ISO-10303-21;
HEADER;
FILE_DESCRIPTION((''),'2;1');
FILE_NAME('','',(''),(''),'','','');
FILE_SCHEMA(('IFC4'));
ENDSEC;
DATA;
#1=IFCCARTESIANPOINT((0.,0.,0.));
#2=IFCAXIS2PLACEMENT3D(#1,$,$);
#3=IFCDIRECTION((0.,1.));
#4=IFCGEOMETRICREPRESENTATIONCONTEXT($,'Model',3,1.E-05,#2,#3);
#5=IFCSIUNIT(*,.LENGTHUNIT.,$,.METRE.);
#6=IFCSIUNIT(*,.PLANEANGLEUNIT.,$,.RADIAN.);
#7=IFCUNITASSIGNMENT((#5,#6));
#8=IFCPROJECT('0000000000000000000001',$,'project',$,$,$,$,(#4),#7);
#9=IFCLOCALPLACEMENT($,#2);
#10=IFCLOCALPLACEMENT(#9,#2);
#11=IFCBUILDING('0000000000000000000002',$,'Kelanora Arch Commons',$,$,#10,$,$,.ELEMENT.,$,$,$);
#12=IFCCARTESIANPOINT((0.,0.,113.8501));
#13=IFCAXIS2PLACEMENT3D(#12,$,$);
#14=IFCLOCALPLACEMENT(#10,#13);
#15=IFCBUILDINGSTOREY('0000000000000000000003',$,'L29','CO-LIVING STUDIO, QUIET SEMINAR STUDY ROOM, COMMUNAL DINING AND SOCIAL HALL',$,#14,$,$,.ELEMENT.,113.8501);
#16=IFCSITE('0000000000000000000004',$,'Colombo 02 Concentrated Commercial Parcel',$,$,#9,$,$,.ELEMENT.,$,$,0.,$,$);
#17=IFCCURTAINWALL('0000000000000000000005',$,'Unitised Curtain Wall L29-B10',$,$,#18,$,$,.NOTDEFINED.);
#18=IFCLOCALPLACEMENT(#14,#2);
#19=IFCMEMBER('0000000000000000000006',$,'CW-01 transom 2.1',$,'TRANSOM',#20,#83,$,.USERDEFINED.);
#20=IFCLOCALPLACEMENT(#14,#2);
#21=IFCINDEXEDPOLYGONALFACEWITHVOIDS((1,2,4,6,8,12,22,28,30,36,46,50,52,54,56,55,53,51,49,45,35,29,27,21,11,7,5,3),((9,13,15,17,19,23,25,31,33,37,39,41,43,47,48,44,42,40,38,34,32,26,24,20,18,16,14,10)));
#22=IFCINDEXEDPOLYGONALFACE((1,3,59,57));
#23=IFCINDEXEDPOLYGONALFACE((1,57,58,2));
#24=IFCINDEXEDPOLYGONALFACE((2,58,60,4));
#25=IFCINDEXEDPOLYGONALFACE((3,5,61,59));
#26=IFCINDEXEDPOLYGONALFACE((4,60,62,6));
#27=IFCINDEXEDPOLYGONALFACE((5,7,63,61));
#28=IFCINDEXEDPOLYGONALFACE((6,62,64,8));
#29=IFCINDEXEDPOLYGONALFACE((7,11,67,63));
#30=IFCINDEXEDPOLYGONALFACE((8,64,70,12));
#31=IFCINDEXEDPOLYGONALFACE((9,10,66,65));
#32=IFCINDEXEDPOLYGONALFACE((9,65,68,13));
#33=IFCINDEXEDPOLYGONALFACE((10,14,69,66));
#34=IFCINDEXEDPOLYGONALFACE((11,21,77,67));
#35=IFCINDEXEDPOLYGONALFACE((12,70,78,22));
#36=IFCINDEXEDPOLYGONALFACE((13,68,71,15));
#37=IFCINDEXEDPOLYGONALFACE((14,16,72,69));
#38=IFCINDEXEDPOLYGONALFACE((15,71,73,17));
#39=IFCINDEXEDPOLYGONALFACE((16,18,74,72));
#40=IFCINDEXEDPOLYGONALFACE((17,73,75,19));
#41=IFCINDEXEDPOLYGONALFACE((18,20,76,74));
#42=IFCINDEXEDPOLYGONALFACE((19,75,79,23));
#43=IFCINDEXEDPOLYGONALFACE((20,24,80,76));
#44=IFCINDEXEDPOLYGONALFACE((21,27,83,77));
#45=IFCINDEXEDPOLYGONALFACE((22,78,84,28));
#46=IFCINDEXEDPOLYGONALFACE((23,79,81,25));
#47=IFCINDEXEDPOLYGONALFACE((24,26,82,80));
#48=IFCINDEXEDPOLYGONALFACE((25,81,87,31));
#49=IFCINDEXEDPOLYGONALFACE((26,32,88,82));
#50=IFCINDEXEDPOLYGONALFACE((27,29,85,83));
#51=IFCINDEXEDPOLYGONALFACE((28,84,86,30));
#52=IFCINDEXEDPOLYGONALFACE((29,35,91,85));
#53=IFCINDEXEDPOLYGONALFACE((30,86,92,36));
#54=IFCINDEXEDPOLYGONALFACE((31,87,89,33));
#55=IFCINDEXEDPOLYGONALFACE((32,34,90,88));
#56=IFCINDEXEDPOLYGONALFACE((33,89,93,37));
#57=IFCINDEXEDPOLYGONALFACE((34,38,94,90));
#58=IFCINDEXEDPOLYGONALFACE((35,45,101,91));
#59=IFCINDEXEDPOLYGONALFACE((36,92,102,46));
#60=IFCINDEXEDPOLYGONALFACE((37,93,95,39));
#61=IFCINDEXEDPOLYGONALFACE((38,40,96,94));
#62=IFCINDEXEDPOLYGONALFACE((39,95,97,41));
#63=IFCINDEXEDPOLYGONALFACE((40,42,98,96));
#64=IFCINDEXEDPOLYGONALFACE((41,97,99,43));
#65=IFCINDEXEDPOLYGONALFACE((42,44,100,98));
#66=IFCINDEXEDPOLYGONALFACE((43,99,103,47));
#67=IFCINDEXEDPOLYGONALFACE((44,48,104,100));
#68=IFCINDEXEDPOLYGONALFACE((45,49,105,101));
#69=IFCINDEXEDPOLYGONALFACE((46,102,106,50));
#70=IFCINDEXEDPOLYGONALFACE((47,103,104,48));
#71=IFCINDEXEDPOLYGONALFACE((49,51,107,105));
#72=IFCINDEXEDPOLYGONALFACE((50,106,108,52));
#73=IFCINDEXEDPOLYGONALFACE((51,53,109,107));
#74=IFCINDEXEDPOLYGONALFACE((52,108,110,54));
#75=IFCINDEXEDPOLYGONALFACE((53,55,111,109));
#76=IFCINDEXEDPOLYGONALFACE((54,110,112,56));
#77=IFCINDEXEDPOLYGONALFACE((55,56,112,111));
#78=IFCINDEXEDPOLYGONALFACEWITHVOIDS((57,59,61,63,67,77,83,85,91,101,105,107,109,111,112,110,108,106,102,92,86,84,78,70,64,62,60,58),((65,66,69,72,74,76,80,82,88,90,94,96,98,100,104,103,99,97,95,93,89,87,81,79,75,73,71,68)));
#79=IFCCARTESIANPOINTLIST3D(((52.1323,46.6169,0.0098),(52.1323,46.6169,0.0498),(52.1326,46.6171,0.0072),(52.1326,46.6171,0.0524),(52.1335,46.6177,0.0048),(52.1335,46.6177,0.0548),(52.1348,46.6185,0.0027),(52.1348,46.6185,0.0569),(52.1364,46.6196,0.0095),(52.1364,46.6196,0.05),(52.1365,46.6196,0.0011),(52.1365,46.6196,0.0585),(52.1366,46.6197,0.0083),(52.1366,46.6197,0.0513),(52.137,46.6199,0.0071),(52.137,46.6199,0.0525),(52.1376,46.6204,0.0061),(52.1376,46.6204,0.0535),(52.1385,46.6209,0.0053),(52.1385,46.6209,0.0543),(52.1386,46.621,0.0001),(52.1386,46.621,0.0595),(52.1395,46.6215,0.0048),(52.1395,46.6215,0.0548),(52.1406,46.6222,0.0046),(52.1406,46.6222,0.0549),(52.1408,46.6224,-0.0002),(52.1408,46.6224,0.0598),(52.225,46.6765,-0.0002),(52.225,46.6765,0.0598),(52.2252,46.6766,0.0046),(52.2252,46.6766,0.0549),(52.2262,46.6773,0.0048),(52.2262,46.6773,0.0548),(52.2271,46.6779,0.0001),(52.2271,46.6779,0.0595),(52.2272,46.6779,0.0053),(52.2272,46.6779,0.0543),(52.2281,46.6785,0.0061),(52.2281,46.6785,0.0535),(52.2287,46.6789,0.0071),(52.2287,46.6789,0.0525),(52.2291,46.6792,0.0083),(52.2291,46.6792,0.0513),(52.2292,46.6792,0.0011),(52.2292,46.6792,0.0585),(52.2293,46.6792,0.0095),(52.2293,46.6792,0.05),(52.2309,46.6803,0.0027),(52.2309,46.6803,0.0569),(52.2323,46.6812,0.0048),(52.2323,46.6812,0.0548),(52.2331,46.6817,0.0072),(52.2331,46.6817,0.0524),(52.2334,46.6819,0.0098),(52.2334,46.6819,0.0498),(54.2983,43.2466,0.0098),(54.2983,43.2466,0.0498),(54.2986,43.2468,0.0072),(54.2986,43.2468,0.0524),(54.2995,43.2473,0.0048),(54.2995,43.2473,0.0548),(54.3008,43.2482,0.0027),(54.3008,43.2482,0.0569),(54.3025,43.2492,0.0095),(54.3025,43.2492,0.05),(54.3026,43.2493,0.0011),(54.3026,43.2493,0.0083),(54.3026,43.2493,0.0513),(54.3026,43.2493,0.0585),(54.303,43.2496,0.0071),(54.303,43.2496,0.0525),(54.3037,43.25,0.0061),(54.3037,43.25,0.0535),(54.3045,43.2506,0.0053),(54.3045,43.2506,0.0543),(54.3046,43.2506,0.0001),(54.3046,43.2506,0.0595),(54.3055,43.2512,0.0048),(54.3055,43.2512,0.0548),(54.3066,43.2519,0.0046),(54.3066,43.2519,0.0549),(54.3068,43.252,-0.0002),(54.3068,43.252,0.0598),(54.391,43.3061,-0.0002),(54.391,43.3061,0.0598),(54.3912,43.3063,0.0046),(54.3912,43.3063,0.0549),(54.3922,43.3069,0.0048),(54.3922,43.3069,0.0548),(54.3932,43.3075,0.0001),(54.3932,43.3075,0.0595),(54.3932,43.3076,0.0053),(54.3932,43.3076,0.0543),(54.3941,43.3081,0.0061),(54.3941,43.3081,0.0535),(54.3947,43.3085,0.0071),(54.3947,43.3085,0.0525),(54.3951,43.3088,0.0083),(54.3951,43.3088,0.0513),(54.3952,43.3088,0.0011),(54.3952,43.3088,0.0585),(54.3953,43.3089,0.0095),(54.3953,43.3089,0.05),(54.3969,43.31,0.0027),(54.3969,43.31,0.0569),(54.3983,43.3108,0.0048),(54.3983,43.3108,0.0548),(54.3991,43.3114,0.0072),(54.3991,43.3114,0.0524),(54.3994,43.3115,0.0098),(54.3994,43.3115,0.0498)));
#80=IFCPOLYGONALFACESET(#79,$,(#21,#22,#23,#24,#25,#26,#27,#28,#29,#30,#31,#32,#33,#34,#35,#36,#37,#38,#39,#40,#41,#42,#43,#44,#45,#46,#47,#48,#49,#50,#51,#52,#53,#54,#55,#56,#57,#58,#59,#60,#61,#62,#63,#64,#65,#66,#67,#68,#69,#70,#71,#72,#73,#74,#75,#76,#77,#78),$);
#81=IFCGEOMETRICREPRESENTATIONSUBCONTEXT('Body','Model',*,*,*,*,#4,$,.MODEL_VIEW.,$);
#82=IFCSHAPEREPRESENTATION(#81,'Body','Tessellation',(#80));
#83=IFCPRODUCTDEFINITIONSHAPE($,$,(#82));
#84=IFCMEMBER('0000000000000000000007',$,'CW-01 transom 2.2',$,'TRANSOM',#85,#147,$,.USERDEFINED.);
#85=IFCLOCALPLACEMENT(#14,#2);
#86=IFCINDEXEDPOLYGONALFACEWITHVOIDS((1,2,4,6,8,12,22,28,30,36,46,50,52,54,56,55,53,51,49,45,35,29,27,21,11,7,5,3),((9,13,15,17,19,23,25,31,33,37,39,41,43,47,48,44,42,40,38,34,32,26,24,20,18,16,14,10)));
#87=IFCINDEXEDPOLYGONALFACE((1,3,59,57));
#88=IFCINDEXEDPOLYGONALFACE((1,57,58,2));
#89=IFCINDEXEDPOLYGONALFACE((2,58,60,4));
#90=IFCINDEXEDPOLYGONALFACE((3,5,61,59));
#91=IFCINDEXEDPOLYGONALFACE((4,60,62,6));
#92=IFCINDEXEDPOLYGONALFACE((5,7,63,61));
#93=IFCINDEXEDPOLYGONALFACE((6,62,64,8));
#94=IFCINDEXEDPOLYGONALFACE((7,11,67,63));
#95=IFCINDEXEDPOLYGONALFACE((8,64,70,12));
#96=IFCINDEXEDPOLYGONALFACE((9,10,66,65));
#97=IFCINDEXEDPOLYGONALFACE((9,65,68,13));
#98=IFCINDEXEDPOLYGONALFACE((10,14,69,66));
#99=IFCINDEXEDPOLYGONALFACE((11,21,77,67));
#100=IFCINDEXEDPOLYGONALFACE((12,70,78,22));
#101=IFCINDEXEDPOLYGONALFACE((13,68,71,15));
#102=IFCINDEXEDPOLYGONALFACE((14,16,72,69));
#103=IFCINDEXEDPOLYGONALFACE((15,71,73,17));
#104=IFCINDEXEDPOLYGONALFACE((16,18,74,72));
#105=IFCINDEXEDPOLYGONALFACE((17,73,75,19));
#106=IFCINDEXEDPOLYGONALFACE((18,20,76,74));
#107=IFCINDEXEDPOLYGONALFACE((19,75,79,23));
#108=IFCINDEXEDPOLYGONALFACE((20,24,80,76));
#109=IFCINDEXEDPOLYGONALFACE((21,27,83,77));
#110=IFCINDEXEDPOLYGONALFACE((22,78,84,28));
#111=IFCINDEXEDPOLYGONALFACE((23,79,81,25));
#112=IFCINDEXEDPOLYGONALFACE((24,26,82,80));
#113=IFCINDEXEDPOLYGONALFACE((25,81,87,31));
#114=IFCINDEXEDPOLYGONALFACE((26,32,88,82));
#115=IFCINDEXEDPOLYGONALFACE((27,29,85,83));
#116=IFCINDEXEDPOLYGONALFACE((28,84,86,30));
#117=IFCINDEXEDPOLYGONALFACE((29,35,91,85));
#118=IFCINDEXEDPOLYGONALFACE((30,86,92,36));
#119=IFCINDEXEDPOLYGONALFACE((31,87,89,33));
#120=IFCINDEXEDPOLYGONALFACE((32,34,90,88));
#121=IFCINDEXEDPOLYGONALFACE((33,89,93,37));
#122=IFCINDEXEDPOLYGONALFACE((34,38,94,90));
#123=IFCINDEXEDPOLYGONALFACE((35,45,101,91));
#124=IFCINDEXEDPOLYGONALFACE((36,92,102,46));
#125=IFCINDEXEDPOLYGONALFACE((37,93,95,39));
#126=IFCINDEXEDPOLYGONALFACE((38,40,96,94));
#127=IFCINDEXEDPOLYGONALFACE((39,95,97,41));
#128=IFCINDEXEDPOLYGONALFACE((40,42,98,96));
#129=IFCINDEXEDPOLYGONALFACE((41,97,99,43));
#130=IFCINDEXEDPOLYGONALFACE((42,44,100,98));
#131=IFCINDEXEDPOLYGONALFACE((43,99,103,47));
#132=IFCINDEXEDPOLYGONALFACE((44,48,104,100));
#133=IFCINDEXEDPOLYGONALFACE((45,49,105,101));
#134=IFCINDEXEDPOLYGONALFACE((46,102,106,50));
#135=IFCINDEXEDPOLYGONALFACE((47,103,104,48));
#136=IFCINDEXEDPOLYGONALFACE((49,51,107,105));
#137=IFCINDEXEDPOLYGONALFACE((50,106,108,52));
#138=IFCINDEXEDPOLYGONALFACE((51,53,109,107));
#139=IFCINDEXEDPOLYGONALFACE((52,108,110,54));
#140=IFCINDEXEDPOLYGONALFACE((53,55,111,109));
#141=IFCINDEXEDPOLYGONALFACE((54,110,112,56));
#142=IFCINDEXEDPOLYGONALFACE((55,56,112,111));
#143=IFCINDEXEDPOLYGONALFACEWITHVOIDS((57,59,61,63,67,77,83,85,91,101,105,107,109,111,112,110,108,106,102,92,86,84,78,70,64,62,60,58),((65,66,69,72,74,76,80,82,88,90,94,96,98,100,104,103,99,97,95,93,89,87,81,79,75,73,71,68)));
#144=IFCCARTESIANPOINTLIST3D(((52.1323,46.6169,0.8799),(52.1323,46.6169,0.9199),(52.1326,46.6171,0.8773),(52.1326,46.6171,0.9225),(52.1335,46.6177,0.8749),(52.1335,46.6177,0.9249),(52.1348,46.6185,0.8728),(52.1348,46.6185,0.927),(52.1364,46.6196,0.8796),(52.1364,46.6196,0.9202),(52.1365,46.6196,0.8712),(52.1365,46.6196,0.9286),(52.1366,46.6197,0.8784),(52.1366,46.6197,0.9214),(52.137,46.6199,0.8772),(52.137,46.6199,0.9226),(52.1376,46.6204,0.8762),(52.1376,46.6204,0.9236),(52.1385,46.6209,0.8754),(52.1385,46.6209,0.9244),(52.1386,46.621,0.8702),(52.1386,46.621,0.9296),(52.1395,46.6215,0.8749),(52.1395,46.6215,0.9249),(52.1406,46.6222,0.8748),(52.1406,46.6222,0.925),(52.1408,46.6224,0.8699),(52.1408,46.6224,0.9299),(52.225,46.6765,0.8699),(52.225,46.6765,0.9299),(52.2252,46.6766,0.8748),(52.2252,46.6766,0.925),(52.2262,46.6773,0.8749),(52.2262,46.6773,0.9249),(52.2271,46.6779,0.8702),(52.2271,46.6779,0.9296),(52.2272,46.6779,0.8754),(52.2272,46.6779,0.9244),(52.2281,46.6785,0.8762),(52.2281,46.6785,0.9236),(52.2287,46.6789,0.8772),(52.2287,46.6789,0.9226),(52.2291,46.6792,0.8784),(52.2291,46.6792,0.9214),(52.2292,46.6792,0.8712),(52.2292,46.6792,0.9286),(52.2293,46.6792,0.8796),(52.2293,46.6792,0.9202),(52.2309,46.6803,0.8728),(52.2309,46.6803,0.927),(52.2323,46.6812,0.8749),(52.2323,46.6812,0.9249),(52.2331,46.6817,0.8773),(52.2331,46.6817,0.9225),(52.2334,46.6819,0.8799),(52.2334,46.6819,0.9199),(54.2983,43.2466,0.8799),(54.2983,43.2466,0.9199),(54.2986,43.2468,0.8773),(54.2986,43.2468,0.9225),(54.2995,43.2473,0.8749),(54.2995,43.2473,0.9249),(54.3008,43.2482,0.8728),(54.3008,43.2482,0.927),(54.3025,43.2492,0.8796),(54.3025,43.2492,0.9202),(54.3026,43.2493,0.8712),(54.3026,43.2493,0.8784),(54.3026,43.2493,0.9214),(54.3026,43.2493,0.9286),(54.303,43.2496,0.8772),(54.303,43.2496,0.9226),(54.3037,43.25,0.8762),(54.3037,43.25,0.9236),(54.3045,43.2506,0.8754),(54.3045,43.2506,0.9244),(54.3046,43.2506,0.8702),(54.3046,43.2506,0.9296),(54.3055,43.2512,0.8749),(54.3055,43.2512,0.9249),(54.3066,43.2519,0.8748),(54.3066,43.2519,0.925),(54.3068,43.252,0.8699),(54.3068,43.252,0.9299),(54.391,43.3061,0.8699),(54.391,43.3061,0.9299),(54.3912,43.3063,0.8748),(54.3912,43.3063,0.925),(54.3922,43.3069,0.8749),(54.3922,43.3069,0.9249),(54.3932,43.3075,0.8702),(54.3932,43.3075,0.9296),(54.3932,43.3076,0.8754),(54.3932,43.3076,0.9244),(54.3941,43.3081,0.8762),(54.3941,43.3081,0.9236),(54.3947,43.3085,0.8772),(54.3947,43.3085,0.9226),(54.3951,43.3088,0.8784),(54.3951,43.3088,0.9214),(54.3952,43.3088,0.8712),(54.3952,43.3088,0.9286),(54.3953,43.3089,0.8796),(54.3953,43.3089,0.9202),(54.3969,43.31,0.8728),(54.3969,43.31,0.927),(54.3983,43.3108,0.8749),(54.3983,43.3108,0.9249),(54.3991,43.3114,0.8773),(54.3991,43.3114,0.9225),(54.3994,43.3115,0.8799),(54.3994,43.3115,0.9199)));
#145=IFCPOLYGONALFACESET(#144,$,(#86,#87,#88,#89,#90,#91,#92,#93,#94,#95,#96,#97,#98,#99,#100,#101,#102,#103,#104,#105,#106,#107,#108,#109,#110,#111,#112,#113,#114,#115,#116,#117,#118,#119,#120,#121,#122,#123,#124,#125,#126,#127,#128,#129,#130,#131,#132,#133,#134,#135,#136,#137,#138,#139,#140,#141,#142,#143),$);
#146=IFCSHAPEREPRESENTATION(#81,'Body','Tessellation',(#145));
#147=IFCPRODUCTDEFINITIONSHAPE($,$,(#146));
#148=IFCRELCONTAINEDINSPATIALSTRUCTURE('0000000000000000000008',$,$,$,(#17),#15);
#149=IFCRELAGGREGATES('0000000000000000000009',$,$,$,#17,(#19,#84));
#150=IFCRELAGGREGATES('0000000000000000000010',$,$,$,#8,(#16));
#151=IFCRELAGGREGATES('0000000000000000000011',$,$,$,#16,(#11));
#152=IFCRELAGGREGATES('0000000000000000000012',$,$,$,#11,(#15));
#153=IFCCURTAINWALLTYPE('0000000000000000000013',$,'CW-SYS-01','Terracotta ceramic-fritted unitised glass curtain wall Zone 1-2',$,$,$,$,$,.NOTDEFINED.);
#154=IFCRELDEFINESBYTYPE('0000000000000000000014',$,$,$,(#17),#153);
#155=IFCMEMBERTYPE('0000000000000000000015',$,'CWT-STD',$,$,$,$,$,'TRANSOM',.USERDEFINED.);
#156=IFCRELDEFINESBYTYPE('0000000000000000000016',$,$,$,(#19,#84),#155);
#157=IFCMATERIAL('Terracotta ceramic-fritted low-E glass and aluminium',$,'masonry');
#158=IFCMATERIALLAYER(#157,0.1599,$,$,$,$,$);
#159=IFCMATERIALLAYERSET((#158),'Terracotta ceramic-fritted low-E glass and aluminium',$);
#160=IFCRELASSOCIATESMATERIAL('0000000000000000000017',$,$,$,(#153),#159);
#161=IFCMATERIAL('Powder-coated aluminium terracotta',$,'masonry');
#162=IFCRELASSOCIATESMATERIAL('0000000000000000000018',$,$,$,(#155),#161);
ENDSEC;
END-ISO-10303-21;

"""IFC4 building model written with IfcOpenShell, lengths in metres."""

from ifc_helpers import new_model, si_unit, direction, frame, origin, origin_2d, place, context, subcontext, project, spatial, hollow_rectangle, extrude, material, layer, layer_set, material_profile, profile_set, type_object, element, aggregate, save


model = new_model("IFC4")

# Units and contexts
model_context = context("Model", 3, precision=1e-05, world=origin(), true_north=direction((0.0, 1.0)))
body_context = subcontext(model_context, "Body", "Model", "MODEL_VIEW")
ifc_project = project(units=[si_unit("LENGTHUNIT", "METRE"), si_unit("PLANEANGLEUNIT", "RADIAN")], contexts=[model_context])

# Site, building, storey
site_placement = place(None, origin())
site = spatial("IfcSite", under=ifc_project, at=site_placement, Name="Colombo 02 Concentrated Commercial Parcel", CompositionType="ELEMENT", RefElevation=0.0)
building_placement = place(site_placement, origin())
building = spatial("IfcBuilding", under=site, at=building_placement, Name="Kelanora Arch Commons", CompositionType="ELEMENT")
storey_placement = place(building_placement, frame((0.0, 0.0, 113.8501)))
storey = spatial("IfcBuildingStorey", under=building, at=storey_placement, Name="L29", Description="CO-LIVING STUDIO, QUIET SEMINAR STUDY ROOM, COMMUNAL DINING AND SOCIAL HALL", CompositionType="ELEMENT", Elevation=113.8501)

# Shared definitions
ifc_material_1 = material(Name="Terracotta ceramic-fritted low-E glass and aluminium", Category="masonry")
ifc_layer_1 = layer(ifc_material_1, 0.1599)
ifc_layer_set_1 = layer_set([ifc_layer_1], Name="Terracotta ceramic-fritted low-E glass and aluminium")
curtain_wall_type = type_object("IfcCurtainWallType", Name="CW-SYS-01", Description="Terracotta ceramic-fritted unitised glass curtain wall Zone 1-2", PredefinedType="NOTDEFINED", material=ifc_layer_set_1)
ifc_material_2 = material(Name="Powder-coated aluminium terracotta", Category="masonry")

# Curtain wall, members
curtain_wall_1_placement = place(storey_placement, origin())
curtain_wall_1 = element("IfcCurtainWall", 1, at=curtain_wall_1_placement, inside=storey, type_object=curtain_wall_type, Name="Unitised Curtain Wall L29-B10", PredefinedType="NOTDEFINED")
ifc_material_profile_1 = material_profile(ifc_material_2, hollow_rectangle(XDim=0.1201, YDim=0.0601, WallThickness=0.0049, InnerFilletRadius=0.0049, OuterFilletRadius=0.01, at=origin_2d()), Name="CWT120x60")
ifc_profile_set_1 = profile_set([ifc_material_profile_1], Name="Powder-coated aluminium terracotta")
member_type_1 = type_object("IfcMemberType", Name="CWT-STD", ElementType="TRANSOM", PredefinedType="USERDEFINED", material=ifc_profile_set_1)
member_1_placement = place(storey_placement, frame((52.1829, 46.6494, 0.0298), z_axis=(0.540644, -0.841252, 0.0), x_axis=(0.841252, 0.540644, 0.0)))
member_1 = element("IfcMember", 2, at=member_1_placement, type_object=member_type_1, Name="CW-01 transom 2.1", ObjectType="TRANSOM", PredefinedType="USERDEFINED", context=body_context, shape_type="SweptSolid", body=[
    extrude(hollow_rectangle(XDim=0.1201, YDim=0.0601, WallThickness=0.0049, InnerFilletRadius=0.0049, OuterFilletRadius=0.01, at=origin_2d()), origin(), (0.0, 0.0, 1.0), 4.0063),
])
member_2_placement = place(storey_placement, frame((52.1829, 46.6494, 0.8999), z_axis=(0.540644, -0.841252, 0.0), x_axis=(0.841252, 0.540644, 0.0)))
member_2 = element("IfcMember", 3, at=member_2_placement, type_object=member_type_1, Name="CW-01 transom 2.2", ObjectType="TRANSOM", PredefinedType="USERDEFINED", context=body_context, shape_type="SweptSolid", body=[
    extrude(hollow_rectangle(XDim=0.1201, YDim=0.0601, WallThickness=0.0049, InnerFilletRadius=0.0049, OuterFilletRadius=0.01, at=origin_2d()), origin(), (0.0, 0.0, 1.0), 4.0063),
])

aggregate(curtain_wall_1, [member_1, member_2])

save(model, "model.ifc")
